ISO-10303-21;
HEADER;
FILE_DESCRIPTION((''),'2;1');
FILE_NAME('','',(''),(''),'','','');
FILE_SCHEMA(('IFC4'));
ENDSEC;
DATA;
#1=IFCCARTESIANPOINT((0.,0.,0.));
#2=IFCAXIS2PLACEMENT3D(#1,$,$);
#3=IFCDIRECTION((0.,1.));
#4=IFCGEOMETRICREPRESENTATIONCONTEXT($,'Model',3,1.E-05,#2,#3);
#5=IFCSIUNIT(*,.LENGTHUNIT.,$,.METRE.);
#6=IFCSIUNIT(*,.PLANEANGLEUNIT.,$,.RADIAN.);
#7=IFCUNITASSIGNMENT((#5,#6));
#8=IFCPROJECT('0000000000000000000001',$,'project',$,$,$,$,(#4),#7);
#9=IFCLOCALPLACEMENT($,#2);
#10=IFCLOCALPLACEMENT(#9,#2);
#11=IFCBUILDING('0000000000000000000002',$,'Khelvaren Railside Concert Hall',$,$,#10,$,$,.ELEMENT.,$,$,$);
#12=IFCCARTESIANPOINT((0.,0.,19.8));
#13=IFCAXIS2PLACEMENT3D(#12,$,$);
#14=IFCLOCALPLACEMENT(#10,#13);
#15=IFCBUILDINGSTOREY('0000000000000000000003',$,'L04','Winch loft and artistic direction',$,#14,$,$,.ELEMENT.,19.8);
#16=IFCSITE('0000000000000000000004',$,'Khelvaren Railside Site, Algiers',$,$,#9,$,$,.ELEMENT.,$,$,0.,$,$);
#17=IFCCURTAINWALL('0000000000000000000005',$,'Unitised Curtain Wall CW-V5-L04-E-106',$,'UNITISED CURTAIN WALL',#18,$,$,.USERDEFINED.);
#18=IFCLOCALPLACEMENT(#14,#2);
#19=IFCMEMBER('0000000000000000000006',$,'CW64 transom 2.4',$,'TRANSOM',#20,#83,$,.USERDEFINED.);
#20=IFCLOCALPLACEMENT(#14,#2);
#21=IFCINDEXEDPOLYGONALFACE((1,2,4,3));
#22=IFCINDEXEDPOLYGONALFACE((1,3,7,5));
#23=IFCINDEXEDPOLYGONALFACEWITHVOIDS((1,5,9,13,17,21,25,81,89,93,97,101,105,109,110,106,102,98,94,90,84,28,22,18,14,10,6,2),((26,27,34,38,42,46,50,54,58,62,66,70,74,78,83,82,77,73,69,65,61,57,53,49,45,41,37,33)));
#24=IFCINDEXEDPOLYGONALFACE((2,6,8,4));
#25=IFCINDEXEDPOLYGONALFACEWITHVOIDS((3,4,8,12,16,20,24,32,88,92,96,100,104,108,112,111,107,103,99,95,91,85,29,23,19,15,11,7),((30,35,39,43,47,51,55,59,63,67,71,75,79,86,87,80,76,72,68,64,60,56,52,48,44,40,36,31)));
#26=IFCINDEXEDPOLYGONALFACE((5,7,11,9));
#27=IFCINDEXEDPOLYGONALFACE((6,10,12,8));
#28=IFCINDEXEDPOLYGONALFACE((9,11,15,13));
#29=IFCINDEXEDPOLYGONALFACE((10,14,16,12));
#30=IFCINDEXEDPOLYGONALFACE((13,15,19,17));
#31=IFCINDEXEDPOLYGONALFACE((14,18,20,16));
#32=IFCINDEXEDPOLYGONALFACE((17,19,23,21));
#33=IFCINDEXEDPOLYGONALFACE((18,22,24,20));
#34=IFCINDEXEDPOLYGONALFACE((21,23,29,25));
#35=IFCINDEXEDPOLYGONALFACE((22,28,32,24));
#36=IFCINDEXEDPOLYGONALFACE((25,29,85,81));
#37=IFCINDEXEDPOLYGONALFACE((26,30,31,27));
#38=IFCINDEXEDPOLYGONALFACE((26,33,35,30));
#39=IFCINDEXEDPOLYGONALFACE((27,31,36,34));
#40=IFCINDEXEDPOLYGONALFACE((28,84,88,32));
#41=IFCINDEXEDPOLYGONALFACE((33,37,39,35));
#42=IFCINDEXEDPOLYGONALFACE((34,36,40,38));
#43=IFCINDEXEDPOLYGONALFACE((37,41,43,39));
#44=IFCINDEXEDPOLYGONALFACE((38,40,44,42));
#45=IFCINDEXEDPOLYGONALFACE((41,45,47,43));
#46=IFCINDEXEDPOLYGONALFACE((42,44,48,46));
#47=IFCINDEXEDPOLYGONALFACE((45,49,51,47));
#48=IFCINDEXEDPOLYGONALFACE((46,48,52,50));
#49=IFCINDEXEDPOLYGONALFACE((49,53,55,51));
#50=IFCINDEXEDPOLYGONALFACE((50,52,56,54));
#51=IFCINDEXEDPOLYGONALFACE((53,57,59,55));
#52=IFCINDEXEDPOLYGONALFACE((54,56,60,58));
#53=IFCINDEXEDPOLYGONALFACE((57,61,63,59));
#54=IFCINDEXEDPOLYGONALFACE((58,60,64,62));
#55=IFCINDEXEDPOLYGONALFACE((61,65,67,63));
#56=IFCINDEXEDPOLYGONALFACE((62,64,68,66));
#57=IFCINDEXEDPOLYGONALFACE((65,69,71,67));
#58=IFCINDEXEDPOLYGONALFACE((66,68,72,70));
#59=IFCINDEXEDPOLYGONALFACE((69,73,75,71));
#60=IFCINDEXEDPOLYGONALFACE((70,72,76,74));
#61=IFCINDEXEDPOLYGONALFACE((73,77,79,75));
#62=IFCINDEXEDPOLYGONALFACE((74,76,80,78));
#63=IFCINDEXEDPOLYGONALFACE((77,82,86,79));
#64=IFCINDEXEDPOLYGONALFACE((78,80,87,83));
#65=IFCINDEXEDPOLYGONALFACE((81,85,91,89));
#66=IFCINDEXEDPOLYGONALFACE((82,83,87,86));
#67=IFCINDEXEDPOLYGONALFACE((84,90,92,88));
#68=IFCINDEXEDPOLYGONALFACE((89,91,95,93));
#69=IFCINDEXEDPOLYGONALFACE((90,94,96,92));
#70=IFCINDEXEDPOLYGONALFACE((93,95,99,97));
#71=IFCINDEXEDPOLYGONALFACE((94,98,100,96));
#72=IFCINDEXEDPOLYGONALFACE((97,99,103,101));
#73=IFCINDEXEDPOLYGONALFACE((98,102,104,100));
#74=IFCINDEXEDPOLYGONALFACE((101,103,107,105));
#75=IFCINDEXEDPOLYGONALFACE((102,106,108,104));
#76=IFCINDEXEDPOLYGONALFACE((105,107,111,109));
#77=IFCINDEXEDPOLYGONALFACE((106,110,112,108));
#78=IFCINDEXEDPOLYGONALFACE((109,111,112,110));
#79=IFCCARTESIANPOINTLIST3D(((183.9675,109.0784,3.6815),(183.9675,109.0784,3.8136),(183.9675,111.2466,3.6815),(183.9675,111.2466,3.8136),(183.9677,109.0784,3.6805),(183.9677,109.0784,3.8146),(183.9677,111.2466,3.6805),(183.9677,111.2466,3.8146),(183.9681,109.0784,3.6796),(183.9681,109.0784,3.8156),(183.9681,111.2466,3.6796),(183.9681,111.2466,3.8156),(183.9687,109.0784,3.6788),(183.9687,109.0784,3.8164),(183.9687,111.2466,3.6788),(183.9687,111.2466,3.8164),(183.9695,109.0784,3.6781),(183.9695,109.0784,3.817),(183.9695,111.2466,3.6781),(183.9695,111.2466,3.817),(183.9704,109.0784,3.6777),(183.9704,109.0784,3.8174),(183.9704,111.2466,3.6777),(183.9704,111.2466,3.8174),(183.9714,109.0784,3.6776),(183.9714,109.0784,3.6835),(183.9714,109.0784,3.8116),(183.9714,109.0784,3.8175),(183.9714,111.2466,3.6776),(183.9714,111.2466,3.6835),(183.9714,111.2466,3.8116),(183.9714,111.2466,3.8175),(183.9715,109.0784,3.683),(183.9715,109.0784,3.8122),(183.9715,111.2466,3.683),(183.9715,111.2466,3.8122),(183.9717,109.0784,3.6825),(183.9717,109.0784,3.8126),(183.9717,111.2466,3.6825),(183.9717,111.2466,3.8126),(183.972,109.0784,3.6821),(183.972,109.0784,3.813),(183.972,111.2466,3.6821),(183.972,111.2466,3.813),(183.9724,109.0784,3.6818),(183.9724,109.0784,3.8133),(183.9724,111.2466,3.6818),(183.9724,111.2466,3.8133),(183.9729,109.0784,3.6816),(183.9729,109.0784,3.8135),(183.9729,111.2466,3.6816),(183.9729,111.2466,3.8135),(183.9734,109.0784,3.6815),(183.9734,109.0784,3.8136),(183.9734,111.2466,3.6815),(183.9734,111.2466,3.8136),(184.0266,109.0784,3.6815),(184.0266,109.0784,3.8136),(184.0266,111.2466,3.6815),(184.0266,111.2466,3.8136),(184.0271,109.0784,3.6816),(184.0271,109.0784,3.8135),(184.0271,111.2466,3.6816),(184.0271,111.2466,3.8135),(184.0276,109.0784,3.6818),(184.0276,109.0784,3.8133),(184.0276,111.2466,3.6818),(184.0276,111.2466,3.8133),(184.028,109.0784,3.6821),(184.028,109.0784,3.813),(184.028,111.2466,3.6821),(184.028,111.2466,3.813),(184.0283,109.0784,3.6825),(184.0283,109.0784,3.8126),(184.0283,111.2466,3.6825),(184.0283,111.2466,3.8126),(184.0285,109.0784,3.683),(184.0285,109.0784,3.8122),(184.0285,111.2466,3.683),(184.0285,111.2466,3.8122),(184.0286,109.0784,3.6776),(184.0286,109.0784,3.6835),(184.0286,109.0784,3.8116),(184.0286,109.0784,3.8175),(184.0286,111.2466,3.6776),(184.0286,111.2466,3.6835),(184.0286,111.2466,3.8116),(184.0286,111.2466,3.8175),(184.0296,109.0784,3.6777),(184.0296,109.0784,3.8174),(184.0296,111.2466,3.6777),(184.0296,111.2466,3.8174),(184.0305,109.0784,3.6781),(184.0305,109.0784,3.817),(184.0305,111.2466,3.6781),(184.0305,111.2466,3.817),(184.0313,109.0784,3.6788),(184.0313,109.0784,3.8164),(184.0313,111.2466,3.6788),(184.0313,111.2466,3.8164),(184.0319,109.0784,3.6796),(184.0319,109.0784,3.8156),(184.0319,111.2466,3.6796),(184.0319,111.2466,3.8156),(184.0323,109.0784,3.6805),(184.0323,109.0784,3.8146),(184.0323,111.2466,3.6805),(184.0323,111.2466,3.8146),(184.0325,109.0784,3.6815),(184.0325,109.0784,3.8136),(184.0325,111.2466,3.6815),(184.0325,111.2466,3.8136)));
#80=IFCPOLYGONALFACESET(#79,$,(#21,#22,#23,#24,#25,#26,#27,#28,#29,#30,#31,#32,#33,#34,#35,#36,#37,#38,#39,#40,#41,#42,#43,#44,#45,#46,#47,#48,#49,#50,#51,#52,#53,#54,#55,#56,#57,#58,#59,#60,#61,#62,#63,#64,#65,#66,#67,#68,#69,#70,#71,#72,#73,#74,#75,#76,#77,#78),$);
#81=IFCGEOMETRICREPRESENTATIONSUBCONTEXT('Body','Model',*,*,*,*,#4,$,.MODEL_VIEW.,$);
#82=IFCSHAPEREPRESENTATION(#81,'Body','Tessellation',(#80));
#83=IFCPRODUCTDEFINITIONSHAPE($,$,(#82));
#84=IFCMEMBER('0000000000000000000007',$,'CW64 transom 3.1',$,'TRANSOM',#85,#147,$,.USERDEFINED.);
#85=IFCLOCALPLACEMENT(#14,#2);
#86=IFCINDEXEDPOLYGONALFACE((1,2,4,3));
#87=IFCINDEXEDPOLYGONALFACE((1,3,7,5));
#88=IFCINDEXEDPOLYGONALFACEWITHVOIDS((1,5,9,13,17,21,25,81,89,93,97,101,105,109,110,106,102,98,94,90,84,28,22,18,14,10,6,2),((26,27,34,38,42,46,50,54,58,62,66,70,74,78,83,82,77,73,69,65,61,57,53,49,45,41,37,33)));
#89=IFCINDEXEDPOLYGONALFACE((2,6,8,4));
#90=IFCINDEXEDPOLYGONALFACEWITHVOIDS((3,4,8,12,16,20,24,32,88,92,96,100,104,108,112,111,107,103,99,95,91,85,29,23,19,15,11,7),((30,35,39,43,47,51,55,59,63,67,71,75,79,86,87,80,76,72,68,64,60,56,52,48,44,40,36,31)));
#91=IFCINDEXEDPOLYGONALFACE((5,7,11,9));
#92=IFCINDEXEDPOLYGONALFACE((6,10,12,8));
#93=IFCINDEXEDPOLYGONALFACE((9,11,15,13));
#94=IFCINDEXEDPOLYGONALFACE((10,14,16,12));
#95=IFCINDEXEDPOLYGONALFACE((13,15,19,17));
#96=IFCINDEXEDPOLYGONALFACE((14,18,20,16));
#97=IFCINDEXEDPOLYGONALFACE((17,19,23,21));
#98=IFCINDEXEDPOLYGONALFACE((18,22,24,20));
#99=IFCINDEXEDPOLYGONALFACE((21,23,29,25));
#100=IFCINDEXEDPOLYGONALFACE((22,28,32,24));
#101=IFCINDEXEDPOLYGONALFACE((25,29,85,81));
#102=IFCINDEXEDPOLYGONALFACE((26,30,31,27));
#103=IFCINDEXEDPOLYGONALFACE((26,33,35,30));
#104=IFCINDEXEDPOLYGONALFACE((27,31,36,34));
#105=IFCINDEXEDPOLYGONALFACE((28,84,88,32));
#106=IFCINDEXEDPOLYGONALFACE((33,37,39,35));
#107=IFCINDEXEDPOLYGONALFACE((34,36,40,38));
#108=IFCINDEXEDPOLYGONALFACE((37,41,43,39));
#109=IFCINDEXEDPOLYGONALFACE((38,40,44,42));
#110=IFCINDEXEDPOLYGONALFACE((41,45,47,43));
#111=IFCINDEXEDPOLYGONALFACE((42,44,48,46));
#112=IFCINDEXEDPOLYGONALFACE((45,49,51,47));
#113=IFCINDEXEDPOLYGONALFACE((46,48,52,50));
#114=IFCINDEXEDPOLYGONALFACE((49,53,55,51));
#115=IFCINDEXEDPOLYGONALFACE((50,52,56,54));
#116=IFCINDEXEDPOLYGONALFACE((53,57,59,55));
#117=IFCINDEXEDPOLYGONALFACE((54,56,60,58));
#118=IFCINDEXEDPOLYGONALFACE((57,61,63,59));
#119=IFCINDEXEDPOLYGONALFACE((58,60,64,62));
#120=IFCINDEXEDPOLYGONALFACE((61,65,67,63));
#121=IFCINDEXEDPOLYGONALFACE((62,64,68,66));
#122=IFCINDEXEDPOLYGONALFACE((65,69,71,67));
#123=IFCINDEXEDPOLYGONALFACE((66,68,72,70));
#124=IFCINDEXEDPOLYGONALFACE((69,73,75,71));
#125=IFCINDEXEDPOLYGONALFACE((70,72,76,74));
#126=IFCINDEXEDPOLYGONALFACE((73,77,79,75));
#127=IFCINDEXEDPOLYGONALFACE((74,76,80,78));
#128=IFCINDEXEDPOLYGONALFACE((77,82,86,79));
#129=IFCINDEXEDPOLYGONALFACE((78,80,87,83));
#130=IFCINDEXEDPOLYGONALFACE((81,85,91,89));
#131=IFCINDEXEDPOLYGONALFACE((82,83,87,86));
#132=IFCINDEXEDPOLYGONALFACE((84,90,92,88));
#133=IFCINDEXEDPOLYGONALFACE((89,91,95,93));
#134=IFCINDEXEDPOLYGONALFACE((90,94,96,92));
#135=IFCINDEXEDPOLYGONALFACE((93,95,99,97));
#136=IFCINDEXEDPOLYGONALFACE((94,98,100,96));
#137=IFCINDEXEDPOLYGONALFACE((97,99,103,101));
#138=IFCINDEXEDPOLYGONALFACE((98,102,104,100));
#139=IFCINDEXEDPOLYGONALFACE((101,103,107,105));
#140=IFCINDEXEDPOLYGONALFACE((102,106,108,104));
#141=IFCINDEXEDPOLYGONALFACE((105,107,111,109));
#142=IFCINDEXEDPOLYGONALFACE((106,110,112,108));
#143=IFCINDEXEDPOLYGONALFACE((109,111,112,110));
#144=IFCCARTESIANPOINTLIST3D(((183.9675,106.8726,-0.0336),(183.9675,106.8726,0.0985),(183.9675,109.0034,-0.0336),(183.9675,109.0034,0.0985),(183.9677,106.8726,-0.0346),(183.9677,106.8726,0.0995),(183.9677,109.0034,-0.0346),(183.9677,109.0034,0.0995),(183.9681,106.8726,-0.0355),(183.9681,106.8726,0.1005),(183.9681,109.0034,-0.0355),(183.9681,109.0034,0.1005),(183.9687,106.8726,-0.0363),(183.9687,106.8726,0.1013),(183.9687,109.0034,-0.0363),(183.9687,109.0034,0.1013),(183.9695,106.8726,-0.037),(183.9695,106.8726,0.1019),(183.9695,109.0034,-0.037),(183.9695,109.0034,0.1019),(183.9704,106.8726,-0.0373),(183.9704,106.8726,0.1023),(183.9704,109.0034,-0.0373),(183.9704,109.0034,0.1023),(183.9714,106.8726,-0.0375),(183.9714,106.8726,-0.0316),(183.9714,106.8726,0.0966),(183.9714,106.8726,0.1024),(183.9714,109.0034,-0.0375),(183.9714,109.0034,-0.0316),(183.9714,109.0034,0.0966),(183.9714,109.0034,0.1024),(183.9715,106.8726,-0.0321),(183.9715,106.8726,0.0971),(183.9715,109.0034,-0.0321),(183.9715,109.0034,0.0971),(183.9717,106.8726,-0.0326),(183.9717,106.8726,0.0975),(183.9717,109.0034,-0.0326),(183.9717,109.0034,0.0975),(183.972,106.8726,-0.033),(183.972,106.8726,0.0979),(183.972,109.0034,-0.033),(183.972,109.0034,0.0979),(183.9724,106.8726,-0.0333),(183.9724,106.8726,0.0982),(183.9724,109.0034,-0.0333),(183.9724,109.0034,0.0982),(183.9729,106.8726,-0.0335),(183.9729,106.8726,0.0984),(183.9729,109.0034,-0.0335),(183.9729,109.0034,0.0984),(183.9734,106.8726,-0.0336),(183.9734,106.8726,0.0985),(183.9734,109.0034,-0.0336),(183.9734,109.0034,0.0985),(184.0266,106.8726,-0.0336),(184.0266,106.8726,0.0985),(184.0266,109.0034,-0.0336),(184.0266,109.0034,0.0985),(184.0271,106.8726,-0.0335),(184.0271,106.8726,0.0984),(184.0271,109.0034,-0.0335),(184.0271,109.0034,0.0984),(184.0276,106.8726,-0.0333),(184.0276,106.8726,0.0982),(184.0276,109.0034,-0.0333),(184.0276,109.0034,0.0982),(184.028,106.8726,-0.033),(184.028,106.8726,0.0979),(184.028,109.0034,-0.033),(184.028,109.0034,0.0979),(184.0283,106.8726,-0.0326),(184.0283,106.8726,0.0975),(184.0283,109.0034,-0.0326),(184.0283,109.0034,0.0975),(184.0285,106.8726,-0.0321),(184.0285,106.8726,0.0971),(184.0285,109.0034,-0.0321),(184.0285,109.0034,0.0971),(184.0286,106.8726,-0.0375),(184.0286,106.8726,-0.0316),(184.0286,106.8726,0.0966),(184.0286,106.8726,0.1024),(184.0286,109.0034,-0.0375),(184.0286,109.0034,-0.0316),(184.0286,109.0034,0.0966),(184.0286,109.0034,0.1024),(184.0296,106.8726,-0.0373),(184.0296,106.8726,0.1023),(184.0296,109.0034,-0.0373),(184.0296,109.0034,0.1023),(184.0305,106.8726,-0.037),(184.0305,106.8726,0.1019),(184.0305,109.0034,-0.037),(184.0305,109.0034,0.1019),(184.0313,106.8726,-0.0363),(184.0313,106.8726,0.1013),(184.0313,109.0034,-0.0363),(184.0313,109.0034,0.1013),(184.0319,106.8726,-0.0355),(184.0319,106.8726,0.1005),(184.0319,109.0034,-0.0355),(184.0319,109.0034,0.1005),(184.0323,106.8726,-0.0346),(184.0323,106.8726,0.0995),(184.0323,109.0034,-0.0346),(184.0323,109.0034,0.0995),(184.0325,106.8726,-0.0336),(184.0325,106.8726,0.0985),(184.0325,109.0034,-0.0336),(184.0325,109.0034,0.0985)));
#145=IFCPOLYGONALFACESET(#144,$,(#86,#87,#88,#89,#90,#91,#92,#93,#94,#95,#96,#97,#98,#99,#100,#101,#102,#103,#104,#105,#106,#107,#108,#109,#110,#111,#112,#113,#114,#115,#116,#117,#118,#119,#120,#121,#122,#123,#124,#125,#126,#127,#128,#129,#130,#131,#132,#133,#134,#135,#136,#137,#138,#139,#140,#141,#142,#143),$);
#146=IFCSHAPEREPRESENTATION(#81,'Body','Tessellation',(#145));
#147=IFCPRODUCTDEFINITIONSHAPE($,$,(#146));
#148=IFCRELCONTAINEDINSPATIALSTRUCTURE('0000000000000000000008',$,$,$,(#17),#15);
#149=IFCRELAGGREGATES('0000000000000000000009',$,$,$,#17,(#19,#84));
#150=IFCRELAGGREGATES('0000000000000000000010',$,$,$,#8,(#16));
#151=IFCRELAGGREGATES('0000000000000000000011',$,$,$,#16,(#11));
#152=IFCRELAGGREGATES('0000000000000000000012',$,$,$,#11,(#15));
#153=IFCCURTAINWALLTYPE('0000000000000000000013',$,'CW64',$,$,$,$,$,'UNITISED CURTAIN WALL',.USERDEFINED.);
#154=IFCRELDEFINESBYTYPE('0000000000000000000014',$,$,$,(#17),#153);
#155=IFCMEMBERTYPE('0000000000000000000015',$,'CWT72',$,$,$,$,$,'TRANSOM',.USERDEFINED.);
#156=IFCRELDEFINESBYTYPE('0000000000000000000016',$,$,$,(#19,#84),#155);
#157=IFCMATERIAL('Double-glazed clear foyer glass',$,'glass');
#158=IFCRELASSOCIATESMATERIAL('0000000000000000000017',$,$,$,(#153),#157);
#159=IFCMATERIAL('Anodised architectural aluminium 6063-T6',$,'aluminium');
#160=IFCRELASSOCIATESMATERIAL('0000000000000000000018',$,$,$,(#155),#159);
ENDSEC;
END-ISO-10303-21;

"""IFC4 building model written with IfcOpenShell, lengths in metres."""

from ifc_helpers import new_model, si_unit, direction, frame, origin, origin_2d, place, context, subcontext, project, spatial, hollow_rectangle, extrude, material, material_profile, profile_set, type_object, element, aggregate, save


model = new_model("IFC4")

# Units and contexts
model_context = context("Model", 3, precision=1e-05, world=origin(), true_north=direction((0.0, 1.0)))
body_context = subcontext(model_context, "Body", "Model", "MODEL_VIEW")
ifc_project = project(units=[si_unit("LENGTHUNIT", "METRE"), si_unit("PLANEANGLEUNIT", "RADIAN")], contexts=[model_context])

# Site, building, storey
site_placement = place(None, origin())
site = spatial("IfcSite", under=ifc_project, at=site_placement, Name="Khelvaren Railside Site, Algiers", CompositionType="ELEMENT", RefElevation=0.0)
building_placement = place(site_placement, origin())
building = spatial("IfcBuilding", under=site, at=building_placement, Name="Khelvaren Railside Concert Hall", CompositionType="ELEMENT")
storey_placement = place(building_placement, frame((0.0, 0.0, 19.8)))
storey = spatial("IfcBuildingStorey", under=building, at=storey_placement, Name="L04", Description="Winch loft and artistic direction", CompositionType="ELEMENT", Elevation=19.8)

# Curtain wall
ifc_material_1 = material(Name="Double-glazed clear foyer glass", Category="glass")
curtain_wall_type_1 = type_object("IfcCurtainWallType", Name="CW64", ElementType="UNITISED CURTAIN WALL", PredefinedType="USERDEFINED", material=ifc_material_1)
curtain_wall_1_placement = place(storey_placement, origin())
curtain_wall_1 = element("IfcCurtainWall", 1, at=curtain_wall_1_placement, inside=storey, type_object=curtain_wall_type_1, Name="Unitised Curtain Wall CW-V5-L04-E-106", ObjectType="UNITISED CURTAIN WALL", PredefinedType="USERDEFINED")
ifc_material_2 = material(Name="Anodised architectural aluminium 6063-T6", Category="aluminium")
ifc_material_profile_1 = material_profile(ifc_material_2, hollow_rectangle(XDim=0.0649, YDim=0.1399, WallThickness=0.0039, InnerFilletRadius=0.002, OuterFilletRadius=0.0039, at=origin_2d()), Name="CWT 65x140x4")
ifc_profile_set_1 = profile_set([ifc_material_profile_1], Name="Anodised architectural aluminium 6063-T6")
member_type_1 = type_object("IfcMemberType", Name="CWT72", ElementType="TRANSOM", PredefinedType="USERDEFINED", material=ifc_profile_set_1)

# Members
member_1_placement = place(storey_placement, frame((184.0, 111.2466, 3.7476), z_axis=(0.0, -1.0, 0.0), x_axis=(1.0, 0.0, 0.0)))
member_1 = element("IfcMember", 2, at=member_1_placement, type_object=member_type_1, Name="CW64 transom 2.4", ObjectType="TRANSOM", PredefinedType="USERDEFINED", context=body_context, shape_type="SweptSolid", body=[
    extrude(hollow_rectangle(XDim=0.0649, YDim=0.1399, WallThickness=0.0039, InnerFilletRadius=0.002, OuterFilletRadius=0.0039, at=origin_2d()), origin(), (0.0, 0.0, 1.0), 2.1682),
])
member_2_placement = place(storey_placement, frame((184.0, 109.0034, 0.0325), z_axis=(0.0, -1.0, 0.0), x_axis=(1.0, 0.0, 0.0)))
member_2 = element("IfcMember", 3, at=member_2_placement, type_object=member_type_1, Name="CW64 transom 3.1", ObjectType="TRANSOM", PredefinedType="USERDEFINED", context=body_context, shape_type="SweptSolid", body=[
    extrude(hollow_rectangle(XDim=0.0649, YDim=0.1399, WallThickness=0.0039, InnerFilletRadius=0.002, OuterFilletRadius=0.0039, at=origin_2d()), origin(), (0.0, 0.0, 1.0), 2.1309),
])

aggregate(curtain_wall_1, [member_1, member_2])

save(model, "model.ifc")
